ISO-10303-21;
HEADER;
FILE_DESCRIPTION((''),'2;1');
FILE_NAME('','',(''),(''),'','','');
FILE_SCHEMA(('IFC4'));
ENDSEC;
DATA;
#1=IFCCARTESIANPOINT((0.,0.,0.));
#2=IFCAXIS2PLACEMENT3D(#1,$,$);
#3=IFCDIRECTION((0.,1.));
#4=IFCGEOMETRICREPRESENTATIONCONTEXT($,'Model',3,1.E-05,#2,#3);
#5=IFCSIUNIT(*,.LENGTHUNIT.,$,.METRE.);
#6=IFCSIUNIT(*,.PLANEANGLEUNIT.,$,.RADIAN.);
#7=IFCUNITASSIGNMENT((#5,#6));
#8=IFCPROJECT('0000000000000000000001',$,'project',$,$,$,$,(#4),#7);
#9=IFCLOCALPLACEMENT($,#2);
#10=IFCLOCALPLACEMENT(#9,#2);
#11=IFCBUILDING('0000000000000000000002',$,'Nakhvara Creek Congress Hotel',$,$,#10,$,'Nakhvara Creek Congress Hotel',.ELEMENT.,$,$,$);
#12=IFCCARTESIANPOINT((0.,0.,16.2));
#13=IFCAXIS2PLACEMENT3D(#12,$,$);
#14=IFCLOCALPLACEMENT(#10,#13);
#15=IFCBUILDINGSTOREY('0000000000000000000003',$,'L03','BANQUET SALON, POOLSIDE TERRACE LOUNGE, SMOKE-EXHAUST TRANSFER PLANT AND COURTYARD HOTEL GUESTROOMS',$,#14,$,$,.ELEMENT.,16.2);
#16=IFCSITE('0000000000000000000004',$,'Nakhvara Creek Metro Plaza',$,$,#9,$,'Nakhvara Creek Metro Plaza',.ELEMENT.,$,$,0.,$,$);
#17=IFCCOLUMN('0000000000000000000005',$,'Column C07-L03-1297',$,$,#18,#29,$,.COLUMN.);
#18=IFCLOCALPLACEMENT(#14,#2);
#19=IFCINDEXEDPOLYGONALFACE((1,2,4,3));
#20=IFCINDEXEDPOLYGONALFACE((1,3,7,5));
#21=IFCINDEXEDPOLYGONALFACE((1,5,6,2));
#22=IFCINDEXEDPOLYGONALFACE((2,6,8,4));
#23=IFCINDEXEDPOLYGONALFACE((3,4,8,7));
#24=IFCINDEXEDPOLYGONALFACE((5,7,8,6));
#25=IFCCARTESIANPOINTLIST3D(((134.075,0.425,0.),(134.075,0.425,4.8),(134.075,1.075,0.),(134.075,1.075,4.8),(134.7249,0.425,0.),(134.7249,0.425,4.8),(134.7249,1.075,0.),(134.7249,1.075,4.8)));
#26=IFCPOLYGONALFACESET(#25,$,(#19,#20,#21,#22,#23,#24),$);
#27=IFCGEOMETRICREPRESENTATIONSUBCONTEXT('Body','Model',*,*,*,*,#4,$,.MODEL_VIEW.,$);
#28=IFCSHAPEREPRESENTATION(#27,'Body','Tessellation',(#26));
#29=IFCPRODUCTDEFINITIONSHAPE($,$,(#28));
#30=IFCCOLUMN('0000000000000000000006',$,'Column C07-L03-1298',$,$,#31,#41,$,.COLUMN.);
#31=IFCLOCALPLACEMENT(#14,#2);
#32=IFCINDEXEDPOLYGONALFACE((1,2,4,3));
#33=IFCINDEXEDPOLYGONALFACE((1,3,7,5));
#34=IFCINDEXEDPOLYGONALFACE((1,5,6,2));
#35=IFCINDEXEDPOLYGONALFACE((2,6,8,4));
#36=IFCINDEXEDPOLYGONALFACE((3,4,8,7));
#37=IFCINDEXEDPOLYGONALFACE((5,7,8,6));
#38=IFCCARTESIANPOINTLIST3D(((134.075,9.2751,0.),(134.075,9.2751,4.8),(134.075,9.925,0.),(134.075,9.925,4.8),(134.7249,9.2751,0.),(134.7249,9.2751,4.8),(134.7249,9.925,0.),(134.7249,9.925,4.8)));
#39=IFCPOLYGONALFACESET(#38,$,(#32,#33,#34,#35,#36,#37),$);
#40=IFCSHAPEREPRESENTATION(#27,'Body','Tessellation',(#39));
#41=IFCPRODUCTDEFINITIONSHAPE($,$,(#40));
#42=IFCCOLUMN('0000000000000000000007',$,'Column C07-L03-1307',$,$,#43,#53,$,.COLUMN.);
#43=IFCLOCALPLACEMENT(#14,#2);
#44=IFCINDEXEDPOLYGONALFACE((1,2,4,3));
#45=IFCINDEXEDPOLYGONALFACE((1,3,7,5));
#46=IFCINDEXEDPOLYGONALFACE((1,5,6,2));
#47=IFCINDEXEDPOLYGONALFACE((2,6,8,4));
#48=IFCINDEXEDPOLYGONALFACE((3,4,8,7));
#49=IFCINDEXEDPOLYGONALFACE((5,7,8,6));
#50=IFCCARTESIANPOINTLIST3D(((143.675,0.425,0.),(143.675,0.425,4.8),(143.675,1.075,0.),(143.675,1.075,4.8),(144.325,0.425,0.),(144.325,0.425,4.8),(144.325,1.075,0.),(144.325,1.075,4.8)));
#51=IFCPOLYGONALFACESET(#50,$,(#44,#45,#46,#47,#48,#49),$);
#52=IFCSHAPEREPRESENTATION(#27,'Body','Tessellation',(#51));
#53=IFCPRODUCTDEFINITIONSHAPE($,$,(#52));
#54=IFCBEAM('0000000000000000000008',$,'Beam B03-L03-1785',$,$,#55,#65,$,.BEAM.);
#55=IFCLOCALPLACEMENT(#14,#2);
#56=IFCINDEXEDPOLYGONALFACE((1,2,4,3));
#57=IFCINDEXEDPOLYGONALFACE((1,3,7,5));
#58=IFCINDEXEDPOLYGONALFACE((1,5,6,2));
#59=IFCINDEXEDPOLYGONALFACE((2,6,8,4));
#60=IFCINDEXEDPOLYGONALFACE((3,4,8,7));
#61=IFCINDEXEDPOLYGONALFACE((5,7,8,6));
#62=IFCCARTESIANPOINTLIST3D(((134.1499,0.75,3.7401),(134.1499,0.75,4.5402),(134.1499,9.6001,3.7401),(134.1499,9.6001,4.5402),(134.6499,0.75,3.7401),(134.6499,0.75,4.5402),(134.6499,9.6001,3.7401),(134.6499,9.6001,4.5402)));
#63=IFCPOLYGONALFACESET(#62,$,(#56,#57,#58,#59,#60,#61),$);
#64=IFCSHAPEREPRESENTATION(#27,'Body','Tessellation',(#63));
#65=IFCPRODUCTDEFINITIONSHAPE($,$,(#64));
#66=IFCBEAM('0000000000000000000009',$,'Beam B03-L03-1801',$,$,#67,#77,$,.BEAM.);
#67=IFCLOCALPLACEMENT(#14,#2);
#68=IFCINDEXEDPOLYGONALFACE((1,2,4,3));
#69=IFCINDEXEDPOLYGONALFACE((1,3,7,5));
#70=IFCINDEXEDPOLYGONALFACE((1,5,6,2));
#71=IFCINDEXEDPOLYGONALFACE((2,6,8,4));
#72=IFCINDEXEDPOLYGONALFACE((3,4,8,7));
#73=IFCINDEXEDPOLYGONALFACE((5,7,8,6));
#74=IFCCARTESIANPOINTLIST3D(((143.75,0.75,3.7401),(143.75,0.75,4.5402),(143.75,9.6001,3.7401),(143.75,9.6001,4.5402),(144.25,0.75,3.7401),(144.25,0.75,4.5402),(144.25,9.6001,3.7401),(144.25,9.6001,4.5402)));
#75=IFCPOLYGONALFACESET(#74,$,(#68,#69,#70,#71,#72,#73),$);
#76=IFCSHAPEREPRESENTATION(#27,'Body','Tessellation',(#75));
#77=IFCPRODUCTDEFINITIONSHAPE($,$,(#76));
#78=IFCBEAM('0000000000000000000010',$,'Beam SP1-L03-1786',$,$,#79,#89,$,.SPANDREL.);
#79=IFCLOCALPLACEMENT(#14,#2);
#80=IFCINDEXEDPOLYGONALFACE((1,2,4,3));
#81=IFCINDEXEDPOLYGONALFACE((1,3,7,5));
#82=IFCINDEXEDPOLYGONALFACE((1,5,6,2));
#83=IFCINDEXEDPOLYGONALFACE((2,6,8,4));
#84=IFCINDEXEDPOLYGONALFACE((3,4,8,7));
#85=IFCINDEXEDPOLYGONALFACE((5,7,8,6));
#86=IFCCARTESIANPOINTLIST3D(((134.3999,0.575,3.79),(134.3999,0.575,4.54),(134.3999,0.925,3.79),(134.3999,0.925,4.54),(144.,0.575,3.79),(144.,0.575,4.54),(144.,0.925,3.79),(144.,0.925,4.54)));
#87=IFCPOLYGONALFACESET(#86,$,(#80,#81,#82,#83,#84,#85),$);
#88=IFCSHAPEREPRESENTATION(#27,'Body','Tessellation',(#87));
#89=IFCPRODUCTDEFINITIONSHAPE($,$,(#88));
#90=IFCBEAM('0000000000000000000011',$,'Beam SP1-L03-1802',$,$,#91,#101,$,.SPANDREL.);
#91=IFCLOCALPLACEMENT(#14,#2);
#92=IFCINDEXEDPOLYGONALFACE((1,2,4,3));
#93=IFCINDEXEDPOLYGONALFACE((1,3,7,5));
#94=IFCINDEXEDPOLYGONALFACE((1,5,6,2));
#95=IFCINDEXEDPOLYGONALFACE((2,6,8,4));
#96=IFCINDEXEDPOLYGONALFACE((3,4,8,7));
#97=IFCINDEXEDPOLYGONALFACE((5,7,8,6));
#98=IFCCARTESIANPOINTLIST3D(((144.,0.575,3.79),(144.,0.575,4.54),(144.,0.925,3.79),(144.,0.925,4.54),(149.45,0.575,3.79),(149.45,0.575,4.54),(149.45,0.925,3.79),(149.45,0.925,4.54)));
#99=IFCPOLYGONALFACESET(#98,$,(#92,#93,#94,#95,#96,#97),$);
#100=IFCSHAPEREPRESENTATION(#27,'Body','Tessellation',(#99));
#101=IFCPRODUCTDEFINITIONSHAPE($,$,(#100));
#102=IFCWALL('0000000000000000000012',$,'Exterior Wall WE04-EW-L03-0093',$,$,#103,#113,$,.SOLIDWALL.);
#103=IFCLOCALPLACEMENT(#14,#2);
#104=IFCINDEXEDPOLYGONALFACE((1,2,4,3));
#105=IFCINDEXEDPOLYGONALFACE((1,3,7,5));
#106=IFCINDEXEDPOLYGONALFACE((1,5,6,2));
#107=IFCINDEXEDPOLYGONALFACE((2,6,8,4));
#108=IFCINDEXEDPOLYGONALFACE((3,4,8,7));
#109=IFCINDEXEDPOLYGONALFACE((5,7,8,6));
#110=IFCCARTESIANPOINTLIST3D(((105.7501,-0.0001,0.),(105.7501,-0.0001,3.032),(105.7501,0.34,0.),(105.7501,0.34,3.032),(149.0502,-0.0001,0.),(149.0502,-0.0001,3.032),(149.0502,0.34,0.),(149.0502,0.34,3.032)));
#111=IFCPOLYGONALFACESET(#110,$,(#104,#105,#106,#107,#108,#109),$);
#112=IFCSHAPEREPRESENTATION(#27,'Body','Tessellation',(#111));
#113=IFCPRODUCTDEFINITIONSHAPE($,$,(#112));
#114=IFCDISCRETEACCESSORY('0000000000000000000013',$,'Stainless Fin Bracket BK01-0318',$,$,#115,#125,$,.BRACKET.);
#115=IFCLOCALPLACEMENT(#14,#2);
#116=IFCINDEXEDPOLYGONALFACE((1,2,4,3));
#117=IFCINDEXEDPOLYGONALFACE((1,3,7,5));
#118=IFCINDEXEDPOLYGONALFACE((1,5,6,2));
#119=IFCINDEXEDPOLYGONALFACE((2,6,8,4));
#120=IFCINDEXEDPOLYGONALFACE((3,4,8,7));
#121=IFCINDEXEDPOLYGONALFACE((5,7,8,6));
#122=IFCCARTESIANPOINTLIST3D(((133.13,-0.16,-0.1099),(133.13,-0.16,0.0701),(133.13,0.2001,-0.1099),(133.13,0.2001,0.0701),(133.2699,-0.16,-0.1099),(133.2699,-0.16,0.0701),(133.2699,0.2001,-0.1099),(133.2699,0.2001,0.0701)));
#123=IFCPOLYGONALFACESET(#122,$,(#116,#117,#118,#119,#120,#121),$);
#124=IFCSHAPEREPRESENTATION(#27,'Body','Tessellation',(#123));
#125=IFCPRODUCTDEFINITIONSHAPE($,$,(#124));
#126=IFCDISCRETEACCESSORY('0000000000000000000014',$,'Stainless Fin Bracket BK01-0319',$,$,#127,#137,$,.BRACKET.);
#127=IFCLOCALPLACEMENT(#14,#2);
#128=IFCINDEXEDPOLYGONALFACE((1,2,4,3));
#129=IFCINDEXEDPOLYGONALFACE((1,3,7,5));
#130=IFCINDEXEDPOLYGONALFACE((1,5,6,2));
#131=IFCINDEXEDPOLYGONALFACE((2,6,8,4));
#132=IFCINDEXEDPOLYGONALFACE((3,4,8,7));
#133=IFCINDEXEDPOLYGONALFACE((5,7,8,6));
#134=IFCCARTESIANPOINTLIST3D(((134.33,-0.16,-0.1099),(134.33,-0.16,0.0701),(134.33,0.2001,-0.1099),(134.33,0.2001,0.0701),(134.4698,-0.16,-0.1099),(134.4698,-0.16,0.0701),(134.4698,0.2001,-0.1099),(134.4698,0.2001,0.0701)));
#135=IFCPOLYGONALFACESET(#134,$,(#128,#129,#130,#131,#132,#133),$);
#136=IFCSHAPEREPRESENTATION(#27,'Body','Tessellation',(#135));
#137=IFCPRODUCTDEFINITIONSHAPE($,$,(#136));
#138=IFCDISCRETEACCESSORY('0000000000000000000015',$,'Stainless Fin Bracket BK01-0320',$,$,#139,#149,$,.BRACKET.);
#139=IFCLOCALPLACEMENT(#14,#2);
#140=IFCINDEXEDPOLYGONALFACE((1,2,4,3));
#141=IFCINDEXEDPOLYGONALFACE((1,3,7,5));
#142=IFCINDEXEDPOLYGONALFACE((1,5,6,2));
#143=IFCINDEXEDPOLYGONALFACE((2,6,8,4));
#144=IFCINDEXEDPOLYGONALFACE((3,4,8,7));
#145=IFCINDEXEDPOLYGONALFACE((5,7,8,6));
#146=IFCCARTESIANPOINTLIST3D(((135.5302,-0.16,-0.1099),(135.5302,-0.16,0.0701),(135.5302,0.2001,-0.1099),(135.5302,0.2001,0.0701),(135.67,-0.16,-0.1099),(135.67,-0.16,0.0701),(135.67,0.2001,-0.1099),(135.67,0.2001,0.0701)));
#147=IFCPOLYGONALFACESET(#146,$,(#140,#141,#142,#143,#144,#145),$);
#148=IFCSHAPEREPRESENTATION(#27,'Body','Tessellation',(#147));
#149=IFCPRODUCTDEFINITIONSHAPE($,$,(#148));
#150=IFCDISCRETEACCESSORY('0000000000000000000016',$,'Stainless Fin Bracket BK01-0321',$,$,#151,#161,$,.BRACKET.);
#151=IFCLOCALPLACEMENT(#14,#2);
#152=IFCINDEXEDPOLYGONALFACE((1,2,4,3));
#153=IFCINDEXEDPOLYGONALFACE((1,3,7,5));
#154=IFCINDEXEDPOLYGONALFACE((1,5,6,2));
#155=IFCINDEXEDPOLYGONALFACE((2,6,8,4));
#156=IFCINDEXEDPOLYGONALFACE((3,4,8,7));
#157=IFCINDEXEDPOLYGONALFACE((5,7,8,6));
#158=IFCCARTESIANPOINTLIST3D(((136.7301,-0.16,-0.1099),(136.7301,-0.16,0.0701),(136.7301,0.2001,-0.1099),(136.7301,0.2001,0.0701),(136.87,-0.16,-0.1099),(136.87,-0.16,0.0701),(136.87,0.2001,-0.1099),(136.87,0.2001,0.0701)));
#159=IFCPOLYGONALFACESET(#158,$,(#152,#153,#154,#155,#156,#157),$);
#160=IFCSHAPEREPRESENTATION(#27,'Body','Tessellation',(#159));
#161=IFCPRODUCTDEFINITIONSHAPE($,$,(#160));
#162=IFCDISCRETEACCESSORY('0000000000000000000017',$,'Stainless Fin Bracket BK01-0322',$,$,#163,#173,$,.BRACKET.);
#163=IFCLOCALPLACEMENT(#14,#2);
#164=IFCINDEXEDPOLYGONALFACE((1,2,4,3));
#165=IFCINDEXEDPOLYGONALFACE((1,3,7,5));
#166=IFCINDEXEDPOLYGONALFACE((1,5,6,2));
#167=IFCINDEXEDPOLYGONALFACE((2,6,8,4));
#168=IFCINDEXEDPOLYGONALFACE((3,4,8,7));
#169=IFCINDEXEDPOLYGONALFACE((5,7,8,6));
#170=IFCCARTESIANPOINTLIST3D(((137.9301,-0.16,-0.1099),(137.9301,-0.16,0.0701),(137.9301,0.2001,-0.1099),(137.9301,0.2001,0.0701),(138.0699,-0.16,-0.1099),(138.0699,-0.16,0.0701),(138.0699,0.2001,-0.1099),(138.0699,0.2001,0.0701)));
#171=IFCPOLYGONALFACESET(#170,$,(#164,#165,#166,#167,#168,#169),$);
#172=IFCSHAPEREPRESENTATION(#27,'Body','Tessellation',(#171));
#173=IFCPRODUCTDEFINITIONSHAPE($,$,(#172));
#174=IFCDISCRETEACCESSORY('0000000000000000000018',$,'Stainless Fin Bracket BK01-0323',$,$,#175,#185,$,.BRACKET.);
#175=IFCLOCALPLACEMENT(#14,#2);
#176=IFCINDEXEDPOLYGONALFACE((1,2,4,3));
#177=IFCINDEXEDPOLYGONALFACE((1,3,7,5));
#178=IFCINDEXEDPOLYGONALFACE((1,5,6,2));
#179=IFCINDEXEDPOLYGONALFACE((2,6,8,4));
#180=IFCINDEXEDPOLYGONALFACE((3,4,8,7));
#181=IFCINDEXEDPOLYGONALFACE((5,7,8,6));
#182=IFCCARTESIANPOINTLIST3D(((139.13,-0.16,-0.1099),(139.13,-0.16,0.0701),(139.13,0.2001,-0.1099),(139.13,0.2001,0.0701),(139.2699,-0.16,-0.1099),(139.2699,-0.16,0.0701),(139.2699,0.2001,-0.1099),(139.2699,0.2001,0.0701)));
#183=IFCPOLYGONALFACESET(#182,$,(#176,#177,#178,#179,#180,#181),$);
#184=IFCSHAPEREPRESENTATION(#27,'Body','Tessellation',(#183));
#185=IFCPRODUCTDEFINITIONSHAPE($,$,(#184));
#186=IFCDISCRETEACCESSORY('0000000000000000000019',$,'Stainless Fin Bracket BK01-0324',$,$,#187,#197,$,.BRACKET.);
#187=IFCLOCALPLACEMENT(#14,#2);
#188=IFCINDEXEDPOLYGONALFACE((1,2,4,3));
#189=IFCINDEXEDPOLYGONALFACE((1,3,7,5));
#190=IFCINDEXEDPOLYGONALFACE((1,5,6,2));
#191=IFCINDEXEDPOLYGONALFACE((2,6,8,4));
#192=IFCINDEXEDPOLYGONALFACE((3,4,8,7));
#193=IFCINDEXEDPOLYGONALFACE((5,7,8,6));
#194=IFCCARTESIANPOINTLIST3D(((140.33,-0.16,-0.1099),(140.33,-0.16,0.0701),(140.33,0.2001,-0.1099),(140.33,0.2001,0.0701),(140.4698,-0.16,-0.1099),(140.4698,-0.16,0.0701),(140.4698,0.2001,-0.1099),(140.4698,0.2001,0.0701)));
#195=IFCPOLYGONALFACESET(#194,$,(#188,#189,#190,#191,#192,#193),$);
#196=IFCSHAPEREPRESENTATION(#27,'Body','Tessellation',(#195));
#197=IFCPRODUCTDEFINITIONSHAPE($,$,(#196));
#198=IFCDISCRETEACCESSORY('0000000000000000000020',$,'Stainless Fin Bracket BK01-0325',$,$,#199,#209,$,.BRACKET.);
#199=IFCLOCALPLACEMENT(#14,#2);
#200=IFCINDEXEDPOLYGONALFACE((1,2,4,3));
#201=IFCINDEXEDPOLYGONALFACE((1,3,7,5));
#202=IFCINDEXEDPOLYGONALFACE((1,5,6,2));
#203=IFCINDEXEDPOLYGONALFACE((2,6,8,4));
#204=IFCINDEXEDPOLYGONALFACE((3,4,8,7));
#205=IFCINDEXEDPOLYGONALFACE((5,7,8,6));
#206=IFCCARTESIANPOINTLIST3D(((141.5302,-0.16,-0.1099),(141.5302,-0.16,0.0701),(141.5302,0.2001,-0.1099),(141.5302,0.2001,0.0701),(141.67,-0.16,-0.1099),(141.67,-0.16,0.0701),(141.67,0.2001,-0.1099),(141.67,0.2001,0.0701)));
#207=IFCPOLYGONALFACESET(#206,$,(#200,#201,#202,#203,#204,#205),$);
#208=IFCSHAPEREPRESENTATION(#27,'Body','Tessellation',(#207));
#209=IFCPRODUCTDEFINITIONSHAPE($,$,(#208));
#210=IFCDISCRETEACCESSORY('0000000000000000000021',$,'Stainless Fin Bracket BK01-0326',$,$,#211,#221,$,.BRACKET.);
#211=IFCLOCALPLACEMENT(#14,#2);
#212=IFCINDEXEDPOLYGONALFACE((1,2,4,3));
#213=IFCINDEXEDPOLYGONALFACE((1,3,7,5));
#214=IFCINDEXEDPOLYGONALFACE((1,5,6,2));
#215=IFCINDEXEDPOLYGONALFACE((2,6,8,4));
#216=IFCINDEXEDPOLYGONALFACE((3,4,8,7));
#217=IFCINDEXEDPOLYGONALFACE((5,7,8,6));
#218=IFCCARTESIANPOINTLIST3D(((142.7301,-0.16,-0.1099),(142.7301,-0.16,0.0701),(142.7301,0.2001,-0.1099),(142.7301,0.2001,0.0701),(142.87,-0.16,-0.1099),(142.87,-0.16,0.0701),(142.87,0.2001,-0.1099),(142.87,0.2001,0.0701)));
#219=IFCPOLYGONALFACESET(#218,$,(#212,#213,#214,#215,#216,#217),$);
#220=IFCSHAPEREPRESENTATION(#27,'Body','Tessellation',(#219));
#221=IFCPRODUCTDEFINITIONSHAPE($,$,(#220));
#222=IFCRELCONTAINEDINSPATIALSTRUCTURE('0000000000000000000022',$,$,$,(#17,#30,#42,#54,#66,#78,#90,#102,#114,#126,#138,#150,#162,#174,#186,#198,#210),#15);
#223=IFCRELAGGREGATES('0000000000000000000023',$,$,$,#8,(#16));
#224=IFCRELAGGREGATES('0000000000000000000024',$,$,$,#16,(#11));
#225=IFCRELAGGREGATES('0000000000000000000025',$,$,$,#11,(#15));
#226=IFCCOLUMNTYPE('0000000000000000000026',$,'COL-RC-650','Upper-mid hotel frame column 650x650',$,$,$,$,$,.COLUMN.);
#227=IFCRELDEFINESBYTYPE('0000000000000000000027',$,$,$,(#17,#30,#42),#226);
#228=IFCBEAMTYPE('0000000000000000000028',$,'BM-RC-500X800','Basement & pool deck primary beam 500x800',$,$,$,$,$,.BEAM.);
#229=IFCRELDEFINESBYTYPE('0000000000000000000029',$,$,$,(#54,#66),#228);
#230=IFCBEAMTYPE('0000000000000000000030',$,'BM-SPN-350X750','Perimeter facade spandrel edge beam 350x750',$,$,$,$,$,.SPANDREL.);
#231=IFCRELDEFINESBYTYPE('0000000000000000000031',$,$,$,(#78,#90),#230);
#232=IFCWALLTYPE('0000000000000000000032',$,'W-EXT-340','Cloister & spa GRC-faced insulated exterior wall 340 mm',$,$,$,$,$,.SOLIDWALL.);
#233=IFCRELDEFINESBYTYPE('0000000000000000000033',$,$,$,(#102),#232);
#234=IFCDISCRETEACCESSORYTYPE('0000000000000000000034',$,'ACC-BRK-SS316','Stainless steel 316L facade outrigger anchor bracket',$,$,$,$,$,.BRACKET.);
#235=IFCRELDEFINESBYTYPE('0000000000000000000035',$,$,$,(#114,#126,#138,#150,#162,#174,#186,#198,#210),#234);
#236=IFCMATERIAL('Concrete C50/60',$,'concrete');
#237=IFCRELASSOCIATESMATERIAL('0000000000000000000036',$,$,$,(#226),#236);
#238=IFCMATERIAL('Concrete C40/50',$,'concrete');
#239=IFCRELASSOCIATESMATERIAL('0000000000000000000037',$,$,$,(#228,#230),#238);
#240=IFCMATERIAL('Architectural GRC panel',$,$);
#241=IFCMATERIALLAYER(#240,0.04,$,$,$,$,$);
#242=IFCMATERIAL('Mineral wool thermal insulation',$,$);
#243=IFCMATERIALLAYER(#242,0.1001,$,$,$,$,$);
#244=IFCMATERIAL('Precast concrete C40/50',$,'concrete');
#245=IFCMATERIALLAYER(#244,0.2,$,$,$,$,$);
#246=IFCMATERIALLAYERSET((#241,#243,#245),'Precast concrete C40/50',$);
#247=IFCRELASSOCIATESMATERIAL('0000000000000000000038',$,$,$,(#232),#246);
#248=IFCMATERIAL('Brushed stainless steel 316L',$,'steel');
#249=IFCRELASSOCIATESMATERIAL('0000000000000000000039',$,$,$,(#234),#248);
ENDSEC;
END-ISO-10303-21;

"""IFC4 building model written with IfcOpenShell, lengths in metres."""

from ifc_helpers import new_model, si_unit, direction, frame, frame_2d, origin, origin_2d, place, context, subcontext, project, spatial, rectangle, extrude, material, layer, layer_set, material_profile, profile_set, type_object, element, save


model = new_model("IFC4")

# Units and contexts
model_context = context("Model", 3, precision=1e-05, world=origin(), true_north=direction((0.0, 1.0)))
body_context = subcontext(model_context, "Body", "Model", "MODEL_VIEW")
ifc_project = project(units=[si_unit("LENGTHUNIT", "METRE"), si_unit("PLANEANGLEUNIT", "RADIAN")], contexts=[model_context])

# Site, building, storey
site_placement = place(None, origin())
site = spatial("IfcSite", under=ifc_project, at=site_placement, Name="Nakhvara Creek Metro Plaza", LongName="Nakhvara Creek Metro Plaza", CompositionType="ELEMENT", RefElevation=0.0)
building_placement = place(site_placement, origin())
building = spatial("IfcBuilding", under=site, at=building_placement, Name="Nakhvara Creek Congress Hotel", LongName="Nakhvara Creek Congress Hotel", CompositionType="ELEMENT")
storey_placement = place(building_placement, frame((0.0, 0.0, 16.2)))
storey = spatial("IfcBuildingStorey", under=building, at=storey_placement, Name="L03", Description="BANQUET SALON, POOLSIDE TERRACE LOUNGE, SMOKE-EXHAUST TRANSFER PLANT AND COURTYARD HOTEL GUESTROOMS", CompositionType="ELEMENT", Elevation=16.2)

# Columns
ifc_material_1 = material(Name="Concrete C50/60", Category="concrete")
ifc_material_profile_1 = material_profile(ifc_material_1, rectangle(XDim=0.6499, YDim=0.6499, at=origin_2d()), Name="RC-COL 650x650", Category="LoadBearing")
ifc_profile_set_1 = profile_set([ifc_material_profile_1], Name="Concrete C50/60")
column_type = type_object("IfcColumnType", Name="COL-RC-650", Description="Upper-mid hotel frame column 650x650", PredefinedType="COLUMN", material=ifc_profile_set_1)
for number, where, z_axis, x_axis, name in (
    (1, (134.3999, 0.75, 0.0), (0.0, 0.0, 1.0), (1.0, 0.0, 0.0), "Column C07-L03-1297"),
    (2, (134.3999, 9.6001, 0.0), (0.0, 0.0, 1.0), (1.0, 0.0, 0.0), "Column C07-L03-1298"),
    (3, (144.0, 0.75, 0.0), (0.0, 0.0, 1.0), (1.0, 0.0, 0.0), "Column C07-L03-1307"),
):
    element("IfcColumn", number, at=place(storey_placement, frame(where, z_axis=z_axis, x_axis=x_axis)), inside=storey, type_object=column_type, Name=name, PredefinedType="COLUMN", context=body_context, shape_type="SweptSolid", body=[
        extrude(rectangle(XDim=0.6499, YDim=0.6499, at=origin_2d()), origin(), (0.0, 0.0, 1.0), 4.8),
    ])

# Beams
ifc_material_2 = material(Name="Concrete C40/50", Category="concrete")
ifc_material_profile_2 = material_profile(ifc_material_2, rectangle(XDim=0.5, YDim=0.8, at=origin_2d()), Name="RC-BM 500x800", Category="LoadBearing")
ifc_profile_set_2 = profile_set([ifc_material_profile_2], Name="Concrete C40/50")
beam_type_1 = type_object("IfcBeamType", Name="BM-RC-500X800", Description="Basement & pool deck primary beam 500x800", PredefinedType="BEAM", material=ifc_profile_set_2)
for number, where, z_axis, x_axis, name in (
    (4, (134.3999, 0.75, 4.1401), (0.0, 1.0, 0.0), (-1.0, 0.0, 0.0), "Beam B03-L03-1785"),
    (5, (144.0, 0.75, 4.1401), (0.0, 1.0, 0.0), (-1.0, 0.0, 0.0), "Beam B03-L03-1801"),
):
    element("IfcBeam", number, at=place(storey_placement, frame(where, z_axis=z_axis, x_axis=x_axis)), inside=storey, type_object=beam_type_1, Name=name, PredefinedType="BEAM", context=body_context, shape_type="SweptSolid", body=[
        extrude(rectangle(XDim=0.5, YDim=0.8, at=origin_2d()), origin(), (0.0, 0.0, 1.0), 8.8501),
    ])
ifc_material_profile_3 = material_profile(ifc_material_2, rectangle(XDim=0.3501, YDim=0.75, at=origin_2d()), Name="RC-SPANDREL 350x750", Category="LoadBearing")
ifc_profile_set_3 = profile_set([ifc_material_profile_3], Name="Concrete C40/50")
beam_type_2 = type_object("IfcBeamType", Name="BM-SPN-350X750", Description="Perimeter facade spandrel edge beam 350x750", PredefinedType="SPANDREL", material=ifc_profile_set_3)
beam_1_placement = place(storey_placement, frame((134.3999, 0.75, 4.165), z_axis=(1.0, 0.0, 0.0), x_axis=(0.0, 1.0, 0.0)))
element("IfcBeam", 6, at=beam_1_placement, inside=storey, type_object=beam_type_2, Name="Beam SP1-L03-1786", PredefinedType="SPANDREL", context=body_context, shape_type="SweptSolid", body=[
    extrude(rectangle(XDim=0.3501, YDim=0.75, at=origin_2d()), origin(), (0.0, 0.0, 1.0), 9.6001),
])
beam_2_placement = place(storey_placement, frame((144.0, 0.75, 4.165), z_axis=(1.0, 0.0, 0.0), x_axis=(0.0, 1.0, 0.0)))
element("IfcBeam", 7, at=beam_2_placement, inside=storey, type_object=beam_type_2, Name="Beam SP1-L03-1802", PredefinedType="SPANDREL", context=body_context, shape_type="SweptSolid", body=[
    extrude(rectangle(XDim=0.3501, YDim=0.75, at=origin_2d()), origin(), (0.0, 0.0, 1.0), 5.45),
])

# Wall
ifc_material_3 = material(Name="Architectural GRC panel")
ifc_layer_1 = layer(ifc_material_3, 0.04)
ifc_material_4 = material(Name="Mineral wool thermal insulation")
ifc_layer_2 = layer(ifc_material_4, 0.1001)
ifc_material_5 = material(Name="Precast concrete C40/50", Category="concrete")
ifc_layer_3 = layer(ifc_material_5, 0.2)
ifc_layer_set = layer_set([ifc_layer_1, ifc_layer_2, ifc_layer_3], Name="Precast concrete C40/50")
wall_type = type_object("IfcWallType", Name="W-EXT-340", Description="Cloister & spa GRC-faced insulated exterior wall 340 mm", PredefinedType="SOLIDWALL", material=ifc_layer_set)
wall_placement = place(storey_placement, frame((149.05, 0.1699, 0.0), z_axis=(0.0, 0.0, 1.0), x_axis=(-1.0, 0.0, 0.0)))
element("IfcWall", 8, at=wall_placement, inside=storey, type_object=wall_type, Name="Exterior Wall WE04-EW-L03-0093", PredefinedType="SOLIDWALL", context=body_context, shape_type="SweptSolid", body=[
    extrude(rectangle(XDim=43.3, YDim=0.3401, at=frame_2d((21.6499, 0.0))), origin(), (0.0, 0.0, 1.0), 3.032),
])

# Discrete accessories
ifc_material_6 = material(Name="Brushed stainless steel 316L", Category="steel")
discrete_accessory_type = type_object("IfcDiscreteAccessoryType", Name="ACC-BRK-SS316", Description="Stainless steel 316L facade outrigger anchor bracket", PredefinedType="BRACKET", material=ifc_material_6)
for number, where, z_axis, x_axis, name in (
    (9, (133.2, 0.02, -0.1099), (0.0, 0.0, 1.0), (1.0, 0.0, 0.0), "Stainless Fin Bracket BK01-0318"),
    (10, (134.3999, 0.02, -0.1099), (0.0, 0.0, 1.0), (1.0, 0.0, 0.0), "Stainless Fin Bracket BK01-0319"),
    (11, (135.6001, 0.02, -0.1099), (0.0, 0.0, 1.0), (1.0, 0.0, 0.0), "Stainless Fin Bracket BK01-0320"),
    (12, (136.8, 0.02, -0.1099), (0.0, 0.0, 1.0), (1.0, 0.0, 0.0), "Stainless Fin Bracket BK01-0321"),
    (13, (138.0, 0.02, -0.1099), (0.0, 0.0, 1.0), (1.0, 0.0, 0.0), "Stainless Fin Bracket BK01-0322"),
    (14, (139.2, 0.02, -0.1099), (0.0, 0.0, 1.0), (1.0, 0.0, 0.0), "Stainless Fin Bracket BK01-0323"),
    (15, (140.3999, 0.02, -0.1099), (0.0, 0.0, 1.0), (1.0, 0.0, 0.0), "Stainless Fin Bracket BK01-0324"),
    (16, (141.6001, 0.02, -0.1099), (0.0, 0.0, 1.0), (1.0, 0.0, 0.0), "Stainless Fin Bracket BK01-0325"),
    (17, (142.8, 0.02, -0.1099), (0.0, 0.0, 1.0), (1.0, 0.0, 0.0), "Stainless Fin Bracket BK01-0326"),
):
    element("IfcDiscreteAccessory", number, at=place(storey_placement, frame(where, z_axis=z_axis, x_axis=x_axis)), inside=storey, type_object=discrete_accessory_type, Name=name, PredefinedType="BRACKET", context=body_context, shape_type="SweptSolid", body=[
        extrude(rectangle(XDim=0.1399, YDim=0.3601, at=origin_2d()), origin(), (0.0, 0.0, 1.0), 0.1799),
    ])

save(model, "model.ifc")
